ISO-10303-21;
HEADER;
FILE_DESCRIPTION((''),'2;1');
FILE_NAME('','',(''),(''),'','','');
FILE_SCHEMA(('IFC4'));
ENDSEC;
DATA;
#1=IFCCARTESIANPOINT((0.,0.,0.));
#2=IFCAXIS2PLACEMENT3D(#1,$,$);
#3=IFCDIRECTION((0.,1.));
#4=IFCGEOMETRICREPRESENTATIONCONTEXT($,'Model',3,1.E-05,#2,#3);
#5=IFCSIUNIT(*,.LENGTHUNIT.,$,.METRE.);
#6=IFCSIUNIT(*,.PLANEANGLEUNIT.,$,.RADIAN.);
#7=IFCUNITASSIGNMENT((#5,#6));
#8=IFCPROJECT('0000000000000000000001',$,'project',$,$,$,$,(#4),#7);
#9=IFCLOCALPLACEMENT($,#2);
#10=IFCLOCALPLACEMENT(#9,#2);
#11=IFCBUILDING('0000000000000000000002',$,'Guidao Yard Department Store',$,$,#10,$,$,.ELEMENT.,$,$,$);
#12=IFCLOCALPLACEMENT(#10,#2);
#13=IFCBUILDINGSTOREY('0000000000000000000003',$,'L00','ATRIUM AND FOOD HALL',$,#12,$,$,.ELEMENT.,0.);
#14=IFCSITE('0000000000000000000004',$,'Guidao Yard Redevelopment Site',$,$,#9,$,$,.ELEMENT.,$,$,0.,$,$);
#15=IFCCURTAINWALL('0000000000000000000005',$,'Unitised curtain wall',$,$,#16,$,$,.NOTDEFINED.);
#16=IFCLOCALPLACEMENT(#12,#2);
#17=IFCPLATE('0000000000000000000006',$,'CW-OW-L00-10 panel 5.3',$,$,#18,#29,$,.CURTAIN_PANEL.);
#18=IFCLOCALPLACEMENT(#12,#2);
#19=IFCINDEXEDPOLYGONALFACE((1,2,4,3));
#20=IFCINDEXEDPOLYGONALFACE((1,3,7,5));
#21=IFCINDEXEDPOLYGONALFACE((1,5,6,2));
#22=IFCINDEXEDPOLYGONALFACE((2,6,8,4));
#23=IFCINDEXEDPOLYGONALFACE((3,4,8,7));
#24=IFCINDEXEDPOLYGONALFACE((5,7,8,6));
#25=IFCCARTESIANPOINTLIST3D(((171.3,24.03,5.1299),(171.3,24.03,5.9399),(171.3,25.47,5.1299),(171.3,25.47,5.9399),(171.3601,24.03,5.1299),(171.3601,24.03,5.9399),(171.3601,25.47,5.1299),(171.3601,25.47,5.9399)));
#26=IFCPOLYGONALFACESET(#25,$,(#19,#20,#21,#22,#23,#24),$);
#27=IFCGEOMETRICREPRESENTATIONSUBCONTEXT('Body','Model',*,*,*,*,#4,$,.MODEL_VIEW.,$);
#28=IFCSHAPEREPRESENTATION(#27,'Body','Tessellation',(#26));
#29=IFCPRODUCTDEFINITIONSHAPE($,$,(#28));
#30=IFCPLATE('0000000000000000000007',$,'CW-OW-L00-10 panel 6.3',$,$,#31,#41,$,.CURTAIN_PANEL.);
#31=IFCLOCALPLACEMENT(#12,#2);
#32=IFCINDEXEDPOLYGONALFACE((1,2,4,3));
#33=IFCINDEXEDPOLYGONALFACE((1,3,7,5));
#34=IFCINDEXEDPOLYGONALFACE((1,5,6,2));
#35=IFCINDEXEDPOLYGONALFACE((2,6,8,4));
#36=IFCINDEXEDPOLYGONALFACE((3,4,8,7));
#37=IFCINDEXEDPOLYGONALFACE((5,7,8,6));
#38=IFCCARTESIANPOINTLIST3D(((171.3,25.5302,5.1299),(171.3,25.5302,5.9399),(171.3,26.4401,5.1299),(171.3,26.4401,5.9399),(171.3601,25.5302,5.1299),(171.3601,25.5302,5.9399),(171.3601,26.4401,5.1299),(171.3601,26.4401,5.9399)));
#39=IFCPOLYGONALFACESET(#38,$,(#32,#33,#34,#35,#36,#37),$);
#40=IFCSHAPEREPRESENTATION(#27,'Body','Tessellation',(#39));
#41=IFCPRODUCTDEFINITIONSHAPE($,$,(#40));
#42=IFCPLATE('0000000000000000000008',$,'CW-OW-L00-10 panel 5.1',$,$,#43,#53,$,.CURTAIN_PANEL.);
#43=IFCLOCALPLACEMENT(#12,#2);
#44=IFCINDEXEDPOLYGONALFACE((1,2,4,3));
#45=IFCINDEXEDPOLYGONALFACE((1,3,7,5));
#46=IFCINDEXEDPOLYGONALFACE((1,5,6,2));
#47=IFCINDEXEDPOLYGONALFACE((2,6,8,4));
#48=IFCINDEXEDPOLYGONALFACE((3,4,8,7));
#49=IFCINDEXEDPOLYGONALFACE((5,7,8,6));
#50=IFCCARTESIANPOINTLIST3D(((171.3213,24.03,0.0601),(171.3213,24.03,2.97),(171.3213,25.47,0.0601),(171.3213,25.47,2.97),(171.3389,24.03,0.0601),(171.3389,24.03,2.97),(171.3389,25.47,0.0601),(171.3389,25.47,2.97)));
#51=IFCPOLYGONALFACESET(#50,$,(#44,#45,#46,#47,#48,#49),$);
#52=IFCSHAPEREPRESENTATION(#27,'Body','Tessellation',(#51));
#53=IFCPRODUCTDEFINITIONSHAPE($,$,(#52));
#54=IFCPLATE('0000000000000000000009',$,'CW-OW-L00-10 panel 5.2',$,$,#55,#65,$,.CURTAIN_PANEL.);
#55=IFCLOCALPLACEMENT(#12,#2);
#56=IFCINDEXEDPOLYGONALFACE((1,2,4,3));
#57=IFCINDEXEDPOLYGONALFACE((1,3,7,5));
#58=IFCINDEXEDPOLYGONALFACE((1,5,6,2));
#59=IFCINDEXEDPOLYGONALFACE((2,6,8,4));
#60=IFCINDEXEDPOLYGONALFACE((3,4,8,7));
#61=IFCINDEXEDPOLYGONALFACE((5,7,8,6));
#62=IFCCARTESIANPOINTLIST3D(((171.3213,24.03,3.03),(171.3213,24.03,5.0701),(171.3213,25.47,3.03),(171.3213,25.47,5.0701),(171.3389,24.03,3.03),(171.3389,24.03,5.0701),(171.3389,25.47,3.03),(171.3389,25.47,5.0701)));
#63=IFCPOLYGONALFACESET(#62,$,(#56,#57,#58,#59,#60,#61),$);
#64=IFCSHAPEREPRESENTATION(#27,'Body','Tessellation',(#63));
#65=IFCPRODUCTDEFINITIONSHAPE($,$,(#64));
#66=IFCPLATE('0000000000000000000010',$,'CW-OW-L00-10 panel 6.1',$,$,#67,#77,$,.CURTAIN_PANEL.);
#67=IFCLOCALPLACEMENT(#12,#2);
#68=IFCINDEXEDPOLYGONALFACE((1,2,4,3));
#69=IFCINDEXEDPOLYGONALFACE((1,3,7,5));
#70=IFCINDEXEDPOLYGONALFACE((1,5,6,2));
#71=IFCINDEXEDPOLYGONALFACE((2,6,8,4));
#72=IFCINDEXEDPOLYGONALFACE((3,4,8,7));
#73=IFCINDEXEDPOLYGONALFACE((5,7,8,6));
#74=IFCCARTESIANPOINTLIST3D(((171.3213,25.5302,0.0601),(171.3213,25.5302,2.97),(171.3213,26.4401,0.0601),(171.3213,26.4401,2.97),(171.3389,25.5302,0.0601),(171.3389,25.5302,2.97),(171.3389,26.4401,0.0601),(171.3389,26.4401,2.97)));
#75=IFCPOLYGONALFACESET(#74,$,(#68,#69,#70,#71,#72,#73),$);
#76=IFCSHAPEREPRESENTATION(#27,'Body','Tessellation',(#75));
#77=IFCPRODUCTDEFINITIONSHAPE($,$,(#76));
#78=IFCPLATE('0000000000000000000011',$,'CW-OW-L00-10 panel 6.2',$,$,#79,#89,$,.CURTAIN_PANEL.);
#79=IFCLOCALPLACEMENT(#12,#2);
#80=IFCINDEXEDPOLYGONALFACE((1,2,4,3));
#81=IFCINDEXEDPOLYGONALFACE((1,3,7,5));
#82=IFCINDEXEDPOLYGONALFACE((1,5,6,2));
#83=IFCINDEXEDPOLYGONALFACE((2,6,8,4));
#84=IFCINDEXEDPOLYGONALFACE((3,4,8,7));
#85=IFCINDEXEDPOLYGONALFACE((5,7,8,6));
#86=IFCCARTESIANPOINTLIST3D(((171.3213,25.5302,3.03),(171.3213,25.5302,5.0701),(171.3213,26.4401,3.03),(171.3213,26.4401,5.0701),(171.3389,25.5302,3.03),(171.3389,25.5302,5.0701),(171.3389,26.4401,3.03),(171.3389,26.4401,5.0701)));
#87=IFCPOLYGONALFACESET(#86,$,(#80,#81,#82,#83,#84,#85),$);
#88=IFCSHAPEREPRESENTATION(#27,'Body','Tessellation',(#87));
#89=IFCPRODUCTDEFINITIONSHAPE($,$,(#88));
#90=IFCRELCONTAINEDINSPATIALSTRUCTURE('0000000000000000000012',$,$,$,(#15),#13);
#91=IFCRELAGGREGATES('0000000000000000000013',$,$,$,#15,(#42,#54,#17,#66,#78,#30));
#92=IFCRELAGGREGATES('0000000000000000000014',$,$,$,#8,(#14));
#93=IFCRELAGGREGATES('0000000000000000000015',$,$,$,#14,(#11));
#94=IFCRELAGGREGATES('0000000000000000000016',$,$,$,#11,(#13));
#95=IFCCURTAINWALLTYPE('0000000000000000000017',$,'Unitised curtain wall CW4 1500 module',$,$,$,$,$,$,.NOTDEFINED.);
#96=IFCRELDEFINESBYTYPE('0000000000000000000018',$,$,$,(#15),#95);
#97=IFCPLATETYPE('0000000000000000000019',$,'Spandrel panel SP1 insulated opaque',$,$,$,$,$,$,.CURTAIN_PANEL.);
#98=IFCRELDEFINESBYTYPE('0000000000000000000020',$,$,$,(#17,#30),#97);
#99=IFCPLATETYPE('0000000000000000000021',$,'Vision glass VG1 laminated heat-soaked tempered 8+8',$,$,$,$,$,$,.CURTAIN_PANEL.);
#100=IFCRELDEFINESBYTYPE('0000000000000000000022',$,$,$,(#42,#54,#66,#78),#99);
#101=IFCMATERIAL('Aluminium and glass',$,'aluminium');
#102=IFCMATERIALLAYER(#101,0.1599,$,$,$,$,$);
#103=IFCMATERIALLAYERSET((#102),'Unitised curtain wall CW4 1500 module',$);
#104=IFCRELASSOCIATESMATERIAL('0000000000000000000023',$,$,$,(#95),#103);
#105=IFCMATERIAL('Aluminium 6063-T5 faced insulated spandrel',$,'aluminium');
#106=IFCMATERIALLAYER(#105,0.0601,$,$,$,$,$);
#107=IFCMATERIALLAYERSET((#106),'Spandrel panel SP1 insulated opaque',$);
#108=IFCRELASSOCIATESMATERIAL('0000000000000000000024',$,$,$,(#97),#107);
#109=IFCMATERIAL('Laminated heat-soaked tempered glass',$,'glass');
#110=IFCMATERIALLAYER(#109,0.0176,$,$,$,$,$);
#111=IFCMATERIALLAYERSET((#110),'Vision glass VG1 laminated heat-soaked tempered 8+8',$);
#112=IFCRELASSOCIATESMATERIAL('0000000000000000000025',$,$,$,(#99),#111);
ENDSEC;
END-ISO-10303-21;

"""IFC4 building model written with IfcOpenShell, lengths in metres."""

from ifc_helpers import new_model, si_unit, direction, frame, origin, origin_2d, place, context, subcontext, project, spatial, rectangle, extrude, material, layer, layer_set, type_object, element, aggregate, save


model = new_model("IFC4")

# Units and contexts
model_context = context("Model", 3, precision=1e-05, world=origin(), true_north=direction((0.0, 1.0)))
body_context = subcontext(model_context, "Body", "Model", "MODEL_VIEW")
ifc_project = project(units=[si_unit("LENGTHUNIT", "METRE"), si_unit("PLANEANGLEUNIT", "RADIAN")], contexts=[model_context])

# Site, building, storey
site_placement = place(None, origin())
site = spatial("IfcSite", under=ifc_project, at=site_placement, Name="Guidao Yard Redevelopment Site", CompositionType="ELEMENT", RefElevation=0.0)
building_placement = place(site_placement, origin())
building = spatial("IfcBuilding", under=site, at=building_placement, Name="Guidao Yard Department Store", CompositionType="ELEMENT")
storey_placement = place(building_placement, origin())
storey = spatial("IfcBuildingStorey", under=building, at=storey_placement, Name="L00", Description="ATRIUM AND FOOD HALL", CompositionType="ELEMENT", Elevation=0.0)

# Curtain wall, plates
ifc_material_1 = material(Name="Aluminium and glass", Category="aluminium")
ifc_layer_1 = layer(ifc_material_1, 0.1599)
ifc_layer_set_1 = layer_set([ifc_layer_1], Name="Unitised curtain wall CW4 1500 module")
curtain_wall_type = type_object("IfcCurtainWallType", Name="Unitised curtain wall CW4 1500 module", PredefinedType="NOTDEFINED", material=ifc_layer_set_1)
curtain_wall_placement = place(storey_placement, origin())
curtain_wall = element("IfcCurtainWall", 1, at=curtain_wall_placement, inside=storey, type_object=curtain_wall_type, Name="Unitised curtain wall", PredefinedType="NOTDEFINED")
ifc_material_2 = material(Name="Aluminium 6063-T5 faced insulated spandrel", Category="aluminium")
ifc_layer_2 = layer(ifc_material_2, 0.0601)
ifc_layer_set_2 = layer_set([ifc_layer_2], Name="Spandrel panel SP1 insulated opaque")
plate_type_1 = type_object("IfcPlateType", Name="Spandrel panel SP1 insulated opaque", PredefinedType="CURTAIN_PANEL", material=ifc_layer_set_2)
plate_1_placement = place(storey_placement, frame((171.3301, 24.75, 5.1299), z_axis=(0.0, 0.0, 1.0), x_axis=(0.0, -1.0, 0.0)))
plate_1 = element("IfcPlate", 2, at=plate_1_placement, type_object=plate_type_1, Name="CW-OW-L00-10 panel 5.3", PredefinedType="CURTAIN_PANEL", context=body_context, shape_type="SweptSolid", body=[
    extrude(rectangle(XDim=1.4399, YDim=0.0601, at=origin_2d()), origin(), (0.0, 0.0, 1.0), 0.8101),
])
plate_2_placement = place(storey_placement, frame((171.3301, 25.9851, 5.1299), z_axis=(0.0, 0.0, 1.0), x_axis=(0.0, -1.0, 0.0)))
plate_2 = element("IfcPlate", 3, at=plate_2_placement, type_object=plate_type_1, Name="CW-OW-L00-10 panel 6.3", PredefinedType="CURTAIN_PANEL", context=body_context, shape_type="SweptSolid", body=[
    extrude(rectangle(XDim=0.9099, YDim=0.0601, at=origin_2d()), origin(), (0.0, 0.0, 1.0), 0.8101),
])
ifc_material_3 = material(Name="Laminated heat-soaked tempered glass", Category="glass")
ifc_layer_3 = layer(ifc_material_3, 0.0176)
ifc_layer_set_3 = layer_set([ifc_layer_3], Name="Vision glass VG1 laminated heat-soaked tempered 8+8")
plate_type_2 = type_object("IfcPlateType", Name="Vision glass VG1 laminated heat-soaked tempered 8+8", PredefinedType="CURTAIN_PANEL", material=ifc_layer_set_3)
plate_3_placement = place(storey_placement, frame((171.3301, 24.75, 0.0601), z_axis=(0.0, 0.0, 1.0), x_axis=(0.0, -1.0, 0.0)))
plate_3 = element("IfcPlate", 4, at=plate_3_placement, type_object=plate_type_2, Name="CW-OW-L00-10 panel 5.1", PredefinedType="CURTAIN_PANEL", context=body_context, shape_type="SweptSolid", body=[
    extrude(rectangle(XDim=1.4399, YDim=0.0176, at=origin_2d()), origin(), (0.0, 0.0, 1.0), 2.9099),
])
plate_4_placement = place(storey_placement, frame((171.3301, 24.75, 3.03), z_axis=(0.0, 0.0, 1.0), x_axis=(0.0, -1.0, 0.0)))
plate_4 = element("IfcPlate", 5, at=plate_4_placement, type_object=plate_type_2, Name="CW-OW-L00-10 panel 5.2", PredefinedType="CURTAIN_PANEL", context=body_context, shape_type="SweptSolid", body=[
    extrude(rectangle(XDim=1.4399, YDim=0.0176, at=origin_2d()), origin(), (0.0, 0.0, 1.0), 2.04),
])
plate_5_placement = place(storey_placement, frame((171.3301, 25.9851, 0.0601), z_axis=(0.0, 0.0, 1.0), x_axis=(0.0, -1.0, 0.0)))
plate_5 = element("IfcPlate", 6, at=plate_5_placement, type_object=plate_type_2, Name="CW-OW-L00-10 panel 6.1", PredefinedType="CURTAIN_PANEL", context=body_context, shape_type="SweptSolid", body=[
    extrude(rectangle(XDim=0.9099, YDim=0.0176, at=origin_2d()), origin(), (0.0, 0.0, 1.0), 2.9099),
])
plate_6_placement = place(storey_placement, frame((171.3301, 25.9851, 3.03), z_axis=(0.0, 0.0, 1.0), x_axis=(0.0, -1.0, 0.0)))
plate_6 = element("IfcPlate", 7, at=plate_6_placement, type_object=plate_type_2, Name="CW-OW-L00-10 panel 6.2", PredefinedType="CURTAIN_PANEL", context=body_context, shape_type="SweptSolid", body=[
    extrude(rectangle(XDim=0.9099, YDim=0.0176, at=origin_2d()), origin(), (0.0, 0.0, 1.0), 2.04),
])
aggregate(curtain_wall, [plate_3, plate_4, plate_1, plate_5, plate_6, plate_2])

save(model, "model.ifc")
